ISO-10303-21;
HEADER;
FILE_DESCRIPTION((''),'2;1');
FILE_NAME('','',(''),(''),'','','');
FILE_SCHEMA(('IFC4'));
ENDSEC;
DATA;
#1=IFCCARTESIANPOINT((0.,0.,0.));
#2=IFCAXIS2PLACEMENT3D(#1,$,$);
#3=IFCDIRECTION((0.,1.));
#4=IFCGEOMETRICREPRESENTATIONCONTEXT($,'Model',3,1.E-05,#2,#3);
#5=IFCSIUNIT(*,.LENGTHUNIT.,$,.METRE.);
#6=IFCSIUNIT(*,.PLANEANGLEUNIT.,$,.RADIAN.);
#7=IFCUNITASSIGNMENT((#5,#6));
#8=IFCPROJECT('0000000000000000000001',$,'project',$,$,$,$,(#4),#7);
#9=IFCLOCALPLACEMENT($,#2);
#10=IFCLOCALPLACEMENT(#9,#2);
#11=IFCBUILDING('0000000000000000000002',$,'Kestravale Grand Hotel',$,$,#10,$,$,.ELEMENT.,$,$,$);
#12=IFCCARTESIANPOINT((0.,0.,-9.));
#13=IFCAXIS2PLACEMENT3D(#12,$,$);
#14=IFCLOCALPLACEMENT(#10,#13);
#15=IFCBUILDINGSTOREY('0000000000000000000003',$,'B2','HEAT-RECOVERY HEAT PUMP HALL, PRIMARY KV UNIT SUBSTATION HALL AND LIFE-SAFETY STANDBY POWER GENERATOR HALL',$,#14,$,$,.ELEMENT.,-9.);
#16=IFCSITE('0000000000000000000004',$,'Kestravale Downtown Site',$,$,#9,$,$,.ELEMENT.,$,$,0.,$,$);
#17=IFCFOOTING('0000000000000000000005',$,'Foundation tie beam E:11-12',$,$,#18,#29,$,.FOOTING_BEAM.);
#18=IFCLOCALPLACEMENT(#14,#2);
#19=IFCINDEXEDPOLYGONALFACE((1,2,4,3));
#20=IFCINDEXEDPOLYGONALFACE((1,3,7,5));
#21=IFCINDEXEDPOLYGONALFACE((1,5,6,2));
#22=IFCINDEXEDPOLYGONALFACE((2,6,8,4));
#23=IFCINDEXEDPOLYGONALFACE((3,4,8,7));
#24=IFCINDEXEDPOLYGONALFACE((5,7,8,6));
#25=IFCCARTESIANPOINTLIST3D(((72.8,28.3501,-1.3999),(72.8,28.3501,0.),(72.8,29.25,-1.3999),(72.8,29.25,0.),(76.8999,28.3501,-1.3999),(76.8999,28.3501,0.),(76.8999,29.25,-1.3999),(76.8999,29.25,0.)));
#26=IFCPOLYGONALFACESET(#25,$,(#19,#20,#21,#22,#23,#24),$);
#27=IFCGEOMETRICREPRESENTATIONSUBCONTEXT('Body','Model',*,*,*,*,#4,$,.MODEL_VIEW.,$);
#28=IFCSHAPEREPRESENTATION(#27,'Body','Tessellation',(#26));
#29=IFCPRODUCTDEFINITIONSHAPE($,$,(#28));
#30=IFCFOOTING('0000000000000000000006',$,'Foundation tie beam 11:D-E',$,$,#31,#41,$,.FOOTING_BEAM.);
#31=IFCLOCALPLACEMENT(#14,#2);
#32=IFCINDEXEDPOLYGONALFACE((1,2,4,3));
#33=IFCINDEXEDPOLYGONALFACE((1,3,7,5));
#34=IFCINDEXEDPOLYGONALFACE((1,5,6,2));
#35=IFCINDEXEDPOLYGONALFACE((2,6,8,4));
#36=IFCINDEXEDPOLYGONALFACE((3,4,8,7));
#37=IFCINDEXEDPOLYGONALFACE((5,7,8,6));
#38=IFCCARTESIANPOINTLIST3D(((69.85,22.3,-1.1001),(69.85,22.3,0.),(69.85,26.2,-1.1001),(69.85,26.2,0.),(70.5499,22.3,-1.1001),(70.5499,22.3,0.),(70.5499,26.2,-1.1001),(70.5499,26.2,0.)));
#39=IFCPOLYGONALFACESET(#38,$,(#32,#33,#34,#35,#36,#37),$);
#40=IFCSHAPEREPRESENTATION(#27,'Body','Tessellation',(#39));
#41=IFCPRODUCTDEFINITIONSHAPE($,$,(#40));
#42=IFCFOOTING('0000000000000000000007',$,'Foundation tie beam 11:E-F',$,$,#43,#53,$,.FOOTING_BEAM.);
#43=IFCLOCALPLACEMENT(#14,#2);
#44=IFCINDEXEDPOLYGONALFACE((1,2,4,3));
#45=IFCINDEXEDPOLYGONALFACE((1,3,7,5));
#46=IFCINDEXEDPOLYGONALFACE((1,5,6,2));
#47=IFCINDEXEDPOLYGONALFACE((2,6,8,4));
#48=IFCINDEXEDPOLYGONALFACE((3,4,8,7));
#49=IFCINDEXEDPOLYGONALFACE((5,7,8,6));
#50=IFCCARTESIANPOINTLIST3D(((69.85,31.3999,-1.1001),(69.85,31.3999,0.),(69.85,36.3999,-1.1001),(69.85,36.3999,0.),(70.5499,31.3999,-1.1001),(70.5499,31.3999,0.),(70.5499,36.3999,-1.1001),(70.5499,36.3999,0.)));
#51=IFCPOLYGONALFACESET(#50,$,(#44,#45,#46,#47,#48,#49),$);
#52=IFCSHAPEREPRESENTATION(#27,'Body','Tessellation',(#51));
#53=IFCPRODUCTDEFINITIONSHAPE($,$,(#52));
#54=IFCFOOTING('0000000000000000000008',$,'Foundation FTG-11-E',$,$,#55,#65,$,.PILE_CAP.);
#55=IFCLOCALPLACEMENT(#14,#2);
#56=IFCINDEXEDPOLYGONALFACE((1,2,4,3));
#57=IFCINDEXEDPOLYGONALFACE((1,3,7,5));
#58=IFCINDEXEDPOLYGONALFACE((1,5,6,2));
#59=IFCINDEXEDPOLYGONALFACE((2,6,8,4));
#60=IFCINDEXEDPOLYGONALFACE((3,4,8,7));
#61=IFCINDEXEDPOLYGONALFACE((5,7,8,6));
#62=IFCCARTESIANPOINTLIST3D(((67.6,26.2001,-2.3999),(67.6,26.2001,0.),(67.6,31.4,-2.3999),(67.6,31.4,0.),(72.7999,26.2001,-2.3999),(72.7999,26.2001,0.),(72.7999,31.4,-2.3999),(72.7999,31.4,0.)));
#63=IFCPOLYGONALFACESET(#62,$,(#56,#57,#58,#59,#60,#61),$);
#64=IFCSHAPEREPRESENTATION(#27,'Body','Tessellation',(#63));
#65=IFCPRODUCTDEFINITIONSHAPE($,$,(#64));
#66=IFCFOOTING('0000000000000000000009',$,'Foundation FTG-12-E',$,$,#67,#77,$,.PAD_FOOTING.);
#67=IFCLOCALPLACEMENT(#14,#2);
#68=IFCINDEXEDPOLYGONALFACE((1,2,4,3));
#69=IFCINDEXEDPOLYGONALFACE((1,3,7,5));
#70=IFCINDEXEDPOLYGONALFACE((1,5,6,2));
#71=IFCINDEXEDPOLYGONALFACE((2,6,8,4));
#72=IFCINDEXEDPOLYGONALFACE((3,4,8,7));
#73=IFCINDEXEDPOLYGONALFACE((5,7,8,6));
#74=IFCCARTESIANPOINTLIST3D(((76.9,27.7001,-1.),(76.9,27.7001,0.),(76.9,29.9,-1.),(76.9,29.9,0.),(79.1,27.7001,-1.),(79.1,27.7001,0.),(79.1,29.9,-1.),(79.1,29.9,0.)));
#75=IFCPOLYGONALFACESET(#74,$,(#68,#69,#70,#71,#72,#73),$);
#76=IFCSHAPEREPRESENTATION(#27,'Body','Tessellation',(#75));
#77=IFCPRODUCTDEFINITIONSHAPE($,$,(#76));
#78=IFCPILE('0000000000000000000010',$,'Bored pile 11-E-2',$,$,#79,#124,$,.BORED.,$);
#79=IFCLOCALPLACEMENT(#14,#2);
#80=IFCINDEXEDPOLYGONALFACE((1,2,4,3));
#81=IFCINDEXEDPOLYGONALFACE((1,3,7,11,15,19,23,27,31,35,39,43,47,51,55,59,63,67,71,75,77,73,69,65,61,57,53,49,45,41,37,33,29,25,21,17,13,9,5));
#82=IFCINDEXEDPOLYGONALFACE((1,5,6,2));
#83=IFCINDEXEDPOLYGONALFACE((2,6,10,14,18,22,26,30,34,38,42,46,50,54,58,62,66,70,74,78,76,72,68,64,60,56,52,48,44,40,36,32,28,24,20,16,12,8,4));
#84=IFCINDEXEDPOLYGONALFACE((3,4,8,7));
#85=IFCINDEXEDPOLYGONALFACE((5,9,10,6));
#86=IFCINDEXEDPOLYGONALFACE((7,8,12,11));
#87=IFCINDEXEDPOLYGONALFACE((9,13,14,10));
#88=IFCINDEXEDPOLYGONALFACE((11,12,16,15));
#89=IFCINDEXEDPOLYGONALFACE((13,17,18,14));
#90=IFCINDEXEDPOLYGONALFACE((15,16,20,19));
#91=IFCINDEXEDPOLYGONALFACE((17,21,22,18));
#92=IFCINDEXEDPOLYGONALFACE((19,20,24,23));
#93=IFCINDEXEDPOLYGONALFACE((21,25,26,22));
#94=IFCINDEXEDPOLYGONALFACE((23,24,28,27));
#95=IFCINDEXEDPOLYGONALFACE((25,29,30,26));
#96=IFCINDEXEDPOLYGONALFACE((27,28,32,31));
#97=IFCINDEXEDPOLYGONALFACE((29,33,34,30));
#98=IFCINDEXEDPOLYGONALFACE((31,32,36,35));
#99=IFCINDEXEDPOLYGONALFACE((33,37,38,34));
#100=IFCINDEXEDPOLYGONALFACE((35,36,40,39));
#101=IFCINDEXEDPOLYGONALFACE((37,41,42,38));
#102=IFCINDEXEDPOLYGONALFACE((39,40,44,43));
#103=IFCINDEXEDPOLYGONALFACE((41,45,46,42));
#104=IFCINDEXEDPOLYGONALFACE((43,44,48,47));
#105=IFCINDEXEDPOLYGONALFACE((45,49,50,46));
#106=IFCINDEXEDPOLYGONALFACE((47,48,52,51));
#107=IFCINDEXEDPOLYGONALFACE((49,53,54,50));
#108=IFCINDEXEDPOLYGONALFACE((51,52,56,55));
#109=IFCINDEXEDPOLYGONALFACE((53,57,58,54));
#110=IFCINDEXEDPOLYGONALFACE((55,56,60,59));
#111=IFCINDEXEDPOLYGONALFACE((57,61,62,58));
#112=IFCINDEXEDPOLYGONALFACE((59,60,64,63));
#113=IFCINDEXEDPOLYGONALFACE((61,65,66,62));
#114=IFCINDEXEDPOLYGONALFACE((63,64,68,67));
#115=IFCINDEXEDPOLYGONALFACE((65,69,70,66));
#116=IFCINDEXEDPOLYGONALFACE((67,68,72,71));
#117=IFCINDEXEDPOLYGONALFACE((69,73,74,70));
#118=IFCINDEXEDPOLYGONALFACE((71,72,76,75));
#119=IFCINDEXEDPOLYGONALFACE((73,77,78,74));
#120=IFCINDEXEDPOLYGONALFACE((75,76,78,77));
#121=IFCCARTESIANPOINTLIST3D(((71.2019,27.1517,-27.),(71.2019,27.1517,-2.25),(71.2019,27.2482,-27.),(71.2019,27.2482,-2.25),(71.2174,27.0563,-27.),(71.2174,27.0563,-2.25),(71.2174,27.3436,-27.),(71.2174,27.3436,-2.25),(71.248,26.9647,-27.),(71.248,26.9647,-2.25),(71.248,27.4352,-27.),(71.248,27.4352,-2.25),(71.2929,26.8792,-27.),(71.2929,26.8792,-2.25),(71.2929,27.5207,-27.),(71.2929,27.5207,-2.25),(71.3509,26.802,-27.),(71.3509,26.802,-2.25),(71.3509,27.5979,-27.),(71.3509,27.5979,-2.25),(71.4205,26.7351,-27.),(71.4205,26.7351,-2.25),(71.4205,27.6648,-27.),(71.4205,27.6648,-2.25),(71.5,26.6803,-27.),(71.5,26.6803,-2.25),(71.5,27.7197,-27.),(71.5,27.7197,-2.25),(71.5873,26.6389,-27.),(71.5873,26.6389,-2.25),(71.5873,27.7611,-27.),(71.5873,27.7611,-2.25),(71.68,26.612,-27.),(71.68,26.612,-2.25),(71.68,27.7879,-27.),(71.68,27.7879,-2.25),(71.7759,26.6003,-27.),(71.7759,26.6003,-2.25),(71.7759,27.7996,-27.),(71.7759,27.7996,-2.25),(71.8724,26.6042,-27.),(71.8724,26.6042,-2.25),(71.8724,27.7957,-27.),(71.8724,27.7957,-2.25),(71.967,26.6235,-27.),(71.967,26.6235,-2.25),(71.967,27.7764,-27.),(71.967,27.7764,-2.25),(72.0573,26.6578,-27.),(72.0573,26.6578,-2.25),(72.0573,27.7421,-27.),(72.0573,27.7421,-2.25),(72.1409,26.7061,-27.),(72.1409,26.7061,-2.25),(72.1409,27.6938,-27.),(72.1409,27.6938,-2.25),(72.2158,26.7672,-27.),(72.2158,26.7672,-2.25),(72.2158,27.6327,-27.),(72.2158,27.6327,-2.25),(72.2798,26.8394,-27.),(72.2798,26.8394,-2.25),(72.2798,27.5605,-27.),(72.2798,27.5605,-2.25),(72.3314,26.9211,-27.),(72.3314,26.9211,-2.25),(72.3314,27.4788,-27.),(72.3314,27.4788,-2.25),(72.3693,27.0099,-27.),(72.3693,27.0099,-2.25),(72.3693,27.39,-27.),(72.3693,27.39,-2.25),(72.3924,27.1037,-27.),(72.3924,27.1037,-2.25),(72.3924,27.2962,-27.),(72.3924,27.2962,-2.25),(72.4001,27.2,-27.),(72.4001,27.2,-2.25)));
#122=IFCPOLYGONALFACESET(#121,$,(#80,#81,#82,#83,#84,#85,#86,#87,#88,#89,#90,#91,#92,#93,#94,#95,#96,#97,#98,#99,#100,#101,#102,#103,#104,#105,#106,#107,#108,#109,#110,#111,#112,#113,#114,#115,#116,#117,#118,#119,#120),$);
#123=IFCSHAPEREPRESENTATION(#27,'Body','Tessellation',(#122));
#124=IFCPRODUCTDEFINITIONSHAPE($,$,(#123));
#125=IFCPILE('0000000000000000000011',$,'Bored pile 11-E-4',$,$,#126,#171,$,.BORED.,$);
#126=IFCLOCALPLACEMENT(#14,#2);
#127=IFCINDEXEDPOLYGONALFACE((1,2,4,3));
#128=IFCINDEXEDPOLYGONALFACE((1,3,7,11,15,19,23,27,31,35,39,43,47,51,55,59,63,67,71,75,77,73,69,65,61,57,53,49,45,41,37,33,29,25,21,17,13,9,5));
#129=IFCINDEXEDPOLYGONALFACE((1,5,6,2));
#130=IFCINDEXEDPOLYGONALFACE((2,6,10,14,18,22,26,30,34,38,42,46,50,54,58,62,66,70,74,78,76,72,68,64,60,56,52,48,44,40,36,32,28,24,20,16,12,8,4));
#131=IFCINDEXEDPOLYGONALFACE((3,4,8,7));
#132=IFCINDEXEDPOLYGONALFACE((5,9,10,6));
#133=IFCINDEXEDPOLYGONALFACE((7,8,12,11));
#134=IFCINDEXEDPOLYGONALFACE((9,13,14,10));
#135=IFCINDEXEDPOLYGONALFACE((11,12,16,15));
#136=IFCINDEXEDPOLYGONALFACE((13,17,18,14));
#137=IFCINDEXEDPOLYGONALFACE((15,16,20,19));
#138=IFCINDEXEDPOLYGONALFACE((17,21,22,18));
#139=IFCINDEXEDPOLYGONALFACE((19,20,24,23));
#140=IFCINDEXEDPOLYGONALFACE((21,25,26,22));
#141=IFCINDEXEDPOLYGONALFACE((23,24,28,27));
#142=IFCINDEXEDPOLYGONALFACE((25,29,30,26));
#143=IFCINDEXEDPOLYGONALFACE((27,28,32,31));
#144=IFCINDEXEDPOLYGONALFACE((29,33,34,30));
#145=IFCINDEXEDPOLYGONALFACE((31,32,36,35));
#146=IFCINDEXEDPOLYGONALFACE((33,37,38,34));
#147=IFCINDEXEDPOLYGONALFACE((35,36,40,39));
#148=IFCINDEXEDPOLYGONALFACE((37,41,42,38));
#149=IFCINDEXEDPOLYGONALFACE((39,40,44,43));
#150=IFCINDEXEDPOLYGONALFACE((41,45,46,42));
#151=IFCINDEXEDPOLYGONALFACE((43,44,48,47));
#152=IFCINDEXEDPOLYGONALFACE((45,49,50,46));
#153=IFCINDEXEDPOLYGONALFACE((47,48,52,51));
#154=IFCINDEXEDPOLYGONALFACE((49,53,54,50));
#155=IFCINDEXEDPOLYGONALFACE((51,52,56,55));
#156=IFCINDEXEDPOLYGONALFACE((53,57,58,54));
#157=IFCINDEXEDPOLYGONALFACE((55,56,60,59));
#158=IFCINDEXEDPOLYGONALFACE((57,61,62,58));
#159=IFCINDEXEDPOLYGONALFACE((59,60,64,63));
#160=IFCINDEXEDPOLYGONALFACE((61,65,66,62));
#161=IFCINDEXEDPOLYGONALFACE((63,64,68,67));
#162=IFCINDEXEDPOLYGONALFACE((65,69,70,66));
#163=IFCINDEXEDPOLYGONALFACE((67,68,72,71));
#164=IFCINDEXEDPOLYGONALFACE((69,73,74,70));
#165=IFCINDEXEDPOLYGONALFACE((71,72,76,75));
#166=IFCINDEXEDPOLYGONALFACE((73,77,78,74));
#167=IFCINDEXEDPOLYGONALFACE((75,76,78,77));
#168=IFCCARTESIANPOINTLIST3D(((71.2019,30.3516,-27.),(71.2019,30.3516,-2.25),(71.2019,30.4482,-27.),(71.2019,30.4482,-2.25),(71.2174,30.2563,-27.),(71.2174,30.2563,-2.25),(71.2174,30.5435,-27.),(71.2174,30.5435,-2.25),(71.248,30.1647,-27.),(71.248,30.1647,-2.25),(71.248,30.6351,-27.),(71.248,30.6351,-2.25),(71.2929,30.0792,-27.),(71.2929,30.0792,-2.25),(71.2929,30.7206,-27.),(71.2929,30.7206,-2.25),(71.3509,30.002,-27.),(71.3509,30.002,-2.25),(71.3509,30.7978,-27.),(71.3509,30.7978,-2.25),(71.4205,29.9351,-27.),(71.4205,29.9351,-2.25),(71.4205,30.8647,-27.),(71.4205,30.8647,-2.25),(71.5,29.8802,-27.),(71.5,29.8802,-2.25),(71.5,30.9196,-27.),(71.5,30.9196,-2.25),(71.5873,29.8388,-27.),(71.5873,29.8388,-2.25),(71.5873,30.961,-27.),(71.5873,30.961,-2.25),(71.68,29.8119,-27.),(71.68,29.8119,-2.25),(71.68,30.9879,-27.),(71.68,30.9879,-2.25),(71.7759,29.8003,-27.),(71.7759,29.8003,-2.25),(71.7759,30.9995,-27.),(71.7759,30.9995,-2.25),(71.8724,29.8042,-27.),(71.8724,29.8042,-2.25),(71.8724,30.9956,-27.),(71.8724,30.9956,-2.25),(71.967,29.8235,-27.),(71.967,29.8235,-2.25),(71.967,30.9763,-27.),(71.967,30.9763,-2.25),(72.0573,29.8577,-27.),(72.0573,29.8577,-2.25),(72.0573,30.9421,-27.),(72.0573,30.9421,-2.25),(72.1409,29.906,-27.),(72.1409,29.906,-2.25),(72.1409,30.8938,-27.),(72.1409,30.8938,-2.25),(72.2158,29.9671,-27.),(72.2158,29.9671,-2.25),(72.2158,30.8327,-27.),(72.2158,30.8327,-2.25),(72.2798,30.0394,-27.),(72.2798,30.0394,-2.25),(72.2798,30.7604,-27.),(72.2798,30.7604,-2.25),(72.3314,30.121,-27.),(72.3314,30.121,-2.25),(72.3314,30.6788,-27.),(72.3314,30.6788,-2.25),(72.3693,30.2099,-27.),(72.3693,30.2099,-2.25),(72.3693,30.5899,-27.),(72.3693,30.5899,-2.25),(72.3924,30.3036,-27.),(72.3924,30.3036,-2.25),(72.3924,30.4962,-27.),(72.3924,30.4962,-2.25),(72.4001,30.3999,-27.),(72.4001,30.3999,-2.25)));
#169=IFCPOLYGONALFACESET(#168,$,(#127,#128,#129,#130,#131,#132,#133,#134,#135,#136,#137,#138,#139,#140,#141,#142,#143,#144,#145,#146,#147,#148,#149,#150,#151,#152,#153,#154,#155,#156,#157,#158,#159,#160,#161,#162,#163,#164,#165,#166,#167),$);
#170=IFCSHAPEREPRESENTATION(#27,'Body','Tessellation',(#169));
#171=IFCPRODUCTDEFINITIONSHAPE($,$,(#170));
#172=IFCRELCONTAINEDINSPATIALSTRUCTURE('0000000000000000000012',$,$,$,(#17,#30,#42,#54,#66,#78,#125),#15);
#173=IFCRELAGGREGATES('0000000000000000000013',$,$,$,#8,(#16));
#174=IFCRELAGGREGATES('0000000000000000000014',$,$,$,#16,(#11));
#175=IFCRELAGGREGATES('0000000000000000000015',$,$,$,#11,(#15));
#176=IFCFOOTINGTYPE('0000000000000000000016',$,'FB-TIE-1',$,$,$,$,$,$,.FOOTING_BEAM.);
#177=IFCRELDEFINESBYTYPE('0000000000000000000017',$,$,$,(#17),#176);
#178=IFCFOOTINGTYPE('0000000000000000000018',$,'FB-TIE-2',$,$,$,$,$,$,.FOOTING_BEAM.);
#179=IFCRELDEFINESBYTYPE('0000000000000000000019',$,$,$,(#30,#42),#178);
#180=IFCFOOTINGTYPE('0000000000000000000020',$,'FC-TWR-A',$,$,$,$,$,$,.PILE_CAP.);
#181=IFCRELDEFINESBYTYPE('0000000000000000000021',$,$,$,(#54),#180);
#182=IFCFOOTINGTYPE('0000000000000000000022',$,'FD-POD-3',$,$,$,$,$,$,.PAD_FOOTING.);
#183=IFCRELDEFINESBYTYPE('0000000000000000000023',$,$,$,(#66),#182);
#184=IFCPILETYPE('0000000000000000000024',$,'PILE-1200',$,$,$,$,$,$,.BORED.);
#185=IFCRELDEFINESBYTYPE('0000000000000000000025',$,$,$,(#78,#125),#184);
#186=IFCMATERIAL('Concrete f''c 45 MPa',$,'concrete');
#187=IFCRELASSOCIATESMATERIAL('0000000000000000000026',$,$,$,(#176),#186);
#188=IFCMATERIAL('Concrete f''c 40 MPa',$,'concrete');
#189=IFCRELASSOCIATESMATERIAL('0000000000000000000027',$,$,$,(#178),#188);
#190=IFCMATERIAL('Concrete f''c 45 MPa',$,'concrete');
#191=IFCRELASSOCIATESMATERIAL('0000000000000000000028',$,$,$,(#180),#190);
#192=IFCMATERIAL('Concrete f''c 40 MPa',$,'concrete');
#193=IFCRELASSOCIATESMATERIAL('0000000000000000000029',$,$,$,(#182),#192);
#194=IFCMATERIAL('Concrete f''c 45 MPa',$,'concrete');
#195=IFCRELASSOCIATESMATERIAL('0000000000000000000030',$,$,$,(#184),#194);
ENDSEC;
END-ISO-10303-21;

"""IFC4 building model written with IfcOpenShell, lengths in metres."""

from ifc_helpers import new_model, si_unit, direction, frame, origin, origin_2d, place, context, subcontext, project, spatial, rectangle, circle, extrude, material, material_profile, profile_set, type_object, element, save


model = new_model("IFC4")

# Units and contexts
model_context = context("Model", 3, precision=1e-05, world=origin(), true_north=direction((0.0, 1.0)))
body_context = subcontext(model_context, "Body", "Model", "MODEL_VIEW")
ifc_project = project(units=[si_unit("LENGTHUNIT", "METRE"), si_unit("PLANEANGLEUNIT", "RADIAN")], contexts=[model_context])

# Site, building, storey
site_placement = place(None, origin())
site = spatial("IfcSite", under=ifc_project, at=site_placement, Name="Kestravale Downtown Site", CompositionType="ELEMENT", RefElevation=0.0)
building_placement = place(site_placement, origin())
building = spatial("IfcBuilding", under=site, at=building_placement, Name="Kestravale Grand Hotel", CompositionType="ELEMENT")
storey_placement = place(building_placement, frame((0.0, 0.0, -9.0)))
storey = spatial("IfcBuildingStorey", under=building, at=storey_placement, Name="B2", Description="HEAT-RECOVERY HEAT PUMP HALL, PRIMARY KV UNIT SUBSTATION HALL AND LIFE-SAFETY STANDBY POWER GENERATOR HALL", CompositionType="ELEMENT", Elevation=-9.0)

# Footings
ifc_material_1 = material(Name="Concrete f'c 45 MPa", Category="concrete")
ifc_material_profile_1 = material_profile(ifc_material_1, rectangle(XDim=0.8999, YDim=1.3999, at=origin_2d()))
ifc_profile_set_1 = profile_set([ifc_material_profile_1], Name="Concrete f'c 45 MPa")
footing_type_1 = type_object("IfcFootingType", Name="FB-TIE-1", PredefinedType="FOOTING_BEAM", material=ifc_profile_set_1)
footing_1_placement = place(storey_placement, frame((72.8, 28.8, -0.7), z_axis=(1.0, 0.0, 0.0), x_axis=(0.0, 1.0, 0.0)))
element("IfcFooting", 1, at=footing_1_placement, inside=storey, type_object=footing_type_1, Name="Foundation tie beam E:11-12", PredefinedType="FOOTING_BEAM", context=body_context, shape_type="SweptSolid", body=[
    extrude(rectangle(XDim=0.8999, YDim=1.3999, at=origin_2d()), origin(), (0.0, 0.0, 1.0), 4.0999),
])
ifc_material_2 = material(Name="Concrete f'c 40 MPa", Category="concrete")
ifc_material_profile_2 = material_profile(ifc_material_2, rectangle(XDim=0.7, YDim=1.1001, at=origin_2d()))
ifc_profile_set_2 = profile_set([ifc_material_profile_2], Name="Concrete f'c 40 MPa")
footing_type_2 = type_object("IfcFootingType", Name="FB-TIE-2", PredefinedType="FOOTING_BEAM", material=ifc_profile_set_2)
footing_2_placement = place(storey_placement, frame((70.2, 22.3, -0.55), z_axis=(0.0, 1.0, 0.0), x_axis=(-1.0, 0.0, 0.0)))
element("IfcFooting", 2, at=footing_2_placement, inside=storey, type_object=footing_type_2, Name="Foundation tie beam 11:D-E", PredefinedType="FOOTING_BEAM", context=body_context, shape_type="SweptSolid", body=[
    extrude(rectangle(XDim=0.7, YDim=1.1001, at=origin_2d()), origin(), (0.0, 0.0, 1.0), 3.8999),
])
footing_3_placement = place(storey_placement, frame((70.2, 31.3999, -0.55), z_axis=(0.0, 1.0, 0.0), x_axis=(-1.0, 0.0, 0.0)))
element("IfcFooting", 3, at=footing_3_placement, inside=storey, type_object=footing_type_2, Name="Foundation tie beam 11:E-F", PredefinedType="FOOTING_BEAM", context=body_context, shape_type="SweptSolid", body=[
    extrude(rectangle(XDim=0.7, YDim=1.1001, at=origin_2d()), origin(), (0.0, 0.0, 1.0), 5.0),
])
ifc_material_3 = material(Name="Concrete f'c 45 MPa", Category="concrete")
footing_type_3 = type_object("IfcFootingType", Name="FC-TWR-A", PredefinedType="PILE_CAP", material=ifc_material_3)
footing_4_placement = place(storey_placement, frame((70.2, 28.8, -2.3999), z_axis=(0.0, 0.0, 1.0), x_axis=(1.0, 0.0, 0.0)))
element("IfcFooting", 4, at=footing_4_placement, inside=storey, type_object=footing_type_3, Name="Foundation FTG-11-E", PredefinedType="PILE_CAP", context=body_context, shape_type="SweptSolid", body=[
    extrude(rectangle(XDim=5.2, YDim=5.2, at=origin_2d()), origin(), (0.0, 0.0, 1.0), 2.3999),
])
ifc_material_4 = material(Name="Concrete f'c 40 MPa", Category="concrete")
footing_type_4 = type_object("IfcFootingType", Name="FD-POD-3", PredefinedType="PAD_FOOTING", material=ifc_material_4)
footing_5_placement = place(storey_placement, frame((78.0, 28.8, -1.0), z_axis=(0.0, 0.0, 1.0), x_axis=(1.0, 0.0, 0.0)))
element("IfcFooting", 5, at=footing_5_placement, inside=storey, type_object=footing_type_4, Name="Foundation FTG-12-E", PredefinedType="PAD_FOOTING", context=body_context, shape_type="SweptSolid", body=[
    extrude(rectangle(XDim=2.2, YDim=2.2, at=origin_2d()), origin(), (0.0, 0.0, 1.0), 1.0),
])

# Piles
ifc_material_5 = material(Name="Concrete f'c 45 MPa", Category="concrete")
ifc_material_profile_3 = material_profile(ifc_material_5, circle(Radius=0.6001, at=origin_2d()))
ifc_profile_set_3 = profile_set([ifc_material_profile_3], Name="Concrete f'c 45 MPa")
pile_type_1 = type_object("IfcPileType", Name="PILE-1200", PredefinedType="BORED", material=ifc_profile_set_3)
for number, where, z_axis, x_axis, name in (
    (6, (71.8, 27.2, -2.25), (0.0, 0.0, -1.0), (1.0, 0.0, 0.0), "Bored pile 11-E-2"),
    (7, (71.8, 30.3999, -2.25), (0.0, 0.0, -1.0), (1.0, 0.0, 0.0), "Bored pile 11-E-4"),
):
    element("IfcPile", number, at=place(storey_placement, frame(where, z_axis=z_axis, x_axis=x_axis)), inside=storey, type_object=pile_type_1, Name=name, PredefinedType="BORED", context=body_context, shape_type="SweptSolid", body=[
        extrude(circle(Radius=0.6001, at=origin_2d()), origin(), (0.0, 0.0, 1.0), 24.75),
    ])

save(model, "model.ifc")
